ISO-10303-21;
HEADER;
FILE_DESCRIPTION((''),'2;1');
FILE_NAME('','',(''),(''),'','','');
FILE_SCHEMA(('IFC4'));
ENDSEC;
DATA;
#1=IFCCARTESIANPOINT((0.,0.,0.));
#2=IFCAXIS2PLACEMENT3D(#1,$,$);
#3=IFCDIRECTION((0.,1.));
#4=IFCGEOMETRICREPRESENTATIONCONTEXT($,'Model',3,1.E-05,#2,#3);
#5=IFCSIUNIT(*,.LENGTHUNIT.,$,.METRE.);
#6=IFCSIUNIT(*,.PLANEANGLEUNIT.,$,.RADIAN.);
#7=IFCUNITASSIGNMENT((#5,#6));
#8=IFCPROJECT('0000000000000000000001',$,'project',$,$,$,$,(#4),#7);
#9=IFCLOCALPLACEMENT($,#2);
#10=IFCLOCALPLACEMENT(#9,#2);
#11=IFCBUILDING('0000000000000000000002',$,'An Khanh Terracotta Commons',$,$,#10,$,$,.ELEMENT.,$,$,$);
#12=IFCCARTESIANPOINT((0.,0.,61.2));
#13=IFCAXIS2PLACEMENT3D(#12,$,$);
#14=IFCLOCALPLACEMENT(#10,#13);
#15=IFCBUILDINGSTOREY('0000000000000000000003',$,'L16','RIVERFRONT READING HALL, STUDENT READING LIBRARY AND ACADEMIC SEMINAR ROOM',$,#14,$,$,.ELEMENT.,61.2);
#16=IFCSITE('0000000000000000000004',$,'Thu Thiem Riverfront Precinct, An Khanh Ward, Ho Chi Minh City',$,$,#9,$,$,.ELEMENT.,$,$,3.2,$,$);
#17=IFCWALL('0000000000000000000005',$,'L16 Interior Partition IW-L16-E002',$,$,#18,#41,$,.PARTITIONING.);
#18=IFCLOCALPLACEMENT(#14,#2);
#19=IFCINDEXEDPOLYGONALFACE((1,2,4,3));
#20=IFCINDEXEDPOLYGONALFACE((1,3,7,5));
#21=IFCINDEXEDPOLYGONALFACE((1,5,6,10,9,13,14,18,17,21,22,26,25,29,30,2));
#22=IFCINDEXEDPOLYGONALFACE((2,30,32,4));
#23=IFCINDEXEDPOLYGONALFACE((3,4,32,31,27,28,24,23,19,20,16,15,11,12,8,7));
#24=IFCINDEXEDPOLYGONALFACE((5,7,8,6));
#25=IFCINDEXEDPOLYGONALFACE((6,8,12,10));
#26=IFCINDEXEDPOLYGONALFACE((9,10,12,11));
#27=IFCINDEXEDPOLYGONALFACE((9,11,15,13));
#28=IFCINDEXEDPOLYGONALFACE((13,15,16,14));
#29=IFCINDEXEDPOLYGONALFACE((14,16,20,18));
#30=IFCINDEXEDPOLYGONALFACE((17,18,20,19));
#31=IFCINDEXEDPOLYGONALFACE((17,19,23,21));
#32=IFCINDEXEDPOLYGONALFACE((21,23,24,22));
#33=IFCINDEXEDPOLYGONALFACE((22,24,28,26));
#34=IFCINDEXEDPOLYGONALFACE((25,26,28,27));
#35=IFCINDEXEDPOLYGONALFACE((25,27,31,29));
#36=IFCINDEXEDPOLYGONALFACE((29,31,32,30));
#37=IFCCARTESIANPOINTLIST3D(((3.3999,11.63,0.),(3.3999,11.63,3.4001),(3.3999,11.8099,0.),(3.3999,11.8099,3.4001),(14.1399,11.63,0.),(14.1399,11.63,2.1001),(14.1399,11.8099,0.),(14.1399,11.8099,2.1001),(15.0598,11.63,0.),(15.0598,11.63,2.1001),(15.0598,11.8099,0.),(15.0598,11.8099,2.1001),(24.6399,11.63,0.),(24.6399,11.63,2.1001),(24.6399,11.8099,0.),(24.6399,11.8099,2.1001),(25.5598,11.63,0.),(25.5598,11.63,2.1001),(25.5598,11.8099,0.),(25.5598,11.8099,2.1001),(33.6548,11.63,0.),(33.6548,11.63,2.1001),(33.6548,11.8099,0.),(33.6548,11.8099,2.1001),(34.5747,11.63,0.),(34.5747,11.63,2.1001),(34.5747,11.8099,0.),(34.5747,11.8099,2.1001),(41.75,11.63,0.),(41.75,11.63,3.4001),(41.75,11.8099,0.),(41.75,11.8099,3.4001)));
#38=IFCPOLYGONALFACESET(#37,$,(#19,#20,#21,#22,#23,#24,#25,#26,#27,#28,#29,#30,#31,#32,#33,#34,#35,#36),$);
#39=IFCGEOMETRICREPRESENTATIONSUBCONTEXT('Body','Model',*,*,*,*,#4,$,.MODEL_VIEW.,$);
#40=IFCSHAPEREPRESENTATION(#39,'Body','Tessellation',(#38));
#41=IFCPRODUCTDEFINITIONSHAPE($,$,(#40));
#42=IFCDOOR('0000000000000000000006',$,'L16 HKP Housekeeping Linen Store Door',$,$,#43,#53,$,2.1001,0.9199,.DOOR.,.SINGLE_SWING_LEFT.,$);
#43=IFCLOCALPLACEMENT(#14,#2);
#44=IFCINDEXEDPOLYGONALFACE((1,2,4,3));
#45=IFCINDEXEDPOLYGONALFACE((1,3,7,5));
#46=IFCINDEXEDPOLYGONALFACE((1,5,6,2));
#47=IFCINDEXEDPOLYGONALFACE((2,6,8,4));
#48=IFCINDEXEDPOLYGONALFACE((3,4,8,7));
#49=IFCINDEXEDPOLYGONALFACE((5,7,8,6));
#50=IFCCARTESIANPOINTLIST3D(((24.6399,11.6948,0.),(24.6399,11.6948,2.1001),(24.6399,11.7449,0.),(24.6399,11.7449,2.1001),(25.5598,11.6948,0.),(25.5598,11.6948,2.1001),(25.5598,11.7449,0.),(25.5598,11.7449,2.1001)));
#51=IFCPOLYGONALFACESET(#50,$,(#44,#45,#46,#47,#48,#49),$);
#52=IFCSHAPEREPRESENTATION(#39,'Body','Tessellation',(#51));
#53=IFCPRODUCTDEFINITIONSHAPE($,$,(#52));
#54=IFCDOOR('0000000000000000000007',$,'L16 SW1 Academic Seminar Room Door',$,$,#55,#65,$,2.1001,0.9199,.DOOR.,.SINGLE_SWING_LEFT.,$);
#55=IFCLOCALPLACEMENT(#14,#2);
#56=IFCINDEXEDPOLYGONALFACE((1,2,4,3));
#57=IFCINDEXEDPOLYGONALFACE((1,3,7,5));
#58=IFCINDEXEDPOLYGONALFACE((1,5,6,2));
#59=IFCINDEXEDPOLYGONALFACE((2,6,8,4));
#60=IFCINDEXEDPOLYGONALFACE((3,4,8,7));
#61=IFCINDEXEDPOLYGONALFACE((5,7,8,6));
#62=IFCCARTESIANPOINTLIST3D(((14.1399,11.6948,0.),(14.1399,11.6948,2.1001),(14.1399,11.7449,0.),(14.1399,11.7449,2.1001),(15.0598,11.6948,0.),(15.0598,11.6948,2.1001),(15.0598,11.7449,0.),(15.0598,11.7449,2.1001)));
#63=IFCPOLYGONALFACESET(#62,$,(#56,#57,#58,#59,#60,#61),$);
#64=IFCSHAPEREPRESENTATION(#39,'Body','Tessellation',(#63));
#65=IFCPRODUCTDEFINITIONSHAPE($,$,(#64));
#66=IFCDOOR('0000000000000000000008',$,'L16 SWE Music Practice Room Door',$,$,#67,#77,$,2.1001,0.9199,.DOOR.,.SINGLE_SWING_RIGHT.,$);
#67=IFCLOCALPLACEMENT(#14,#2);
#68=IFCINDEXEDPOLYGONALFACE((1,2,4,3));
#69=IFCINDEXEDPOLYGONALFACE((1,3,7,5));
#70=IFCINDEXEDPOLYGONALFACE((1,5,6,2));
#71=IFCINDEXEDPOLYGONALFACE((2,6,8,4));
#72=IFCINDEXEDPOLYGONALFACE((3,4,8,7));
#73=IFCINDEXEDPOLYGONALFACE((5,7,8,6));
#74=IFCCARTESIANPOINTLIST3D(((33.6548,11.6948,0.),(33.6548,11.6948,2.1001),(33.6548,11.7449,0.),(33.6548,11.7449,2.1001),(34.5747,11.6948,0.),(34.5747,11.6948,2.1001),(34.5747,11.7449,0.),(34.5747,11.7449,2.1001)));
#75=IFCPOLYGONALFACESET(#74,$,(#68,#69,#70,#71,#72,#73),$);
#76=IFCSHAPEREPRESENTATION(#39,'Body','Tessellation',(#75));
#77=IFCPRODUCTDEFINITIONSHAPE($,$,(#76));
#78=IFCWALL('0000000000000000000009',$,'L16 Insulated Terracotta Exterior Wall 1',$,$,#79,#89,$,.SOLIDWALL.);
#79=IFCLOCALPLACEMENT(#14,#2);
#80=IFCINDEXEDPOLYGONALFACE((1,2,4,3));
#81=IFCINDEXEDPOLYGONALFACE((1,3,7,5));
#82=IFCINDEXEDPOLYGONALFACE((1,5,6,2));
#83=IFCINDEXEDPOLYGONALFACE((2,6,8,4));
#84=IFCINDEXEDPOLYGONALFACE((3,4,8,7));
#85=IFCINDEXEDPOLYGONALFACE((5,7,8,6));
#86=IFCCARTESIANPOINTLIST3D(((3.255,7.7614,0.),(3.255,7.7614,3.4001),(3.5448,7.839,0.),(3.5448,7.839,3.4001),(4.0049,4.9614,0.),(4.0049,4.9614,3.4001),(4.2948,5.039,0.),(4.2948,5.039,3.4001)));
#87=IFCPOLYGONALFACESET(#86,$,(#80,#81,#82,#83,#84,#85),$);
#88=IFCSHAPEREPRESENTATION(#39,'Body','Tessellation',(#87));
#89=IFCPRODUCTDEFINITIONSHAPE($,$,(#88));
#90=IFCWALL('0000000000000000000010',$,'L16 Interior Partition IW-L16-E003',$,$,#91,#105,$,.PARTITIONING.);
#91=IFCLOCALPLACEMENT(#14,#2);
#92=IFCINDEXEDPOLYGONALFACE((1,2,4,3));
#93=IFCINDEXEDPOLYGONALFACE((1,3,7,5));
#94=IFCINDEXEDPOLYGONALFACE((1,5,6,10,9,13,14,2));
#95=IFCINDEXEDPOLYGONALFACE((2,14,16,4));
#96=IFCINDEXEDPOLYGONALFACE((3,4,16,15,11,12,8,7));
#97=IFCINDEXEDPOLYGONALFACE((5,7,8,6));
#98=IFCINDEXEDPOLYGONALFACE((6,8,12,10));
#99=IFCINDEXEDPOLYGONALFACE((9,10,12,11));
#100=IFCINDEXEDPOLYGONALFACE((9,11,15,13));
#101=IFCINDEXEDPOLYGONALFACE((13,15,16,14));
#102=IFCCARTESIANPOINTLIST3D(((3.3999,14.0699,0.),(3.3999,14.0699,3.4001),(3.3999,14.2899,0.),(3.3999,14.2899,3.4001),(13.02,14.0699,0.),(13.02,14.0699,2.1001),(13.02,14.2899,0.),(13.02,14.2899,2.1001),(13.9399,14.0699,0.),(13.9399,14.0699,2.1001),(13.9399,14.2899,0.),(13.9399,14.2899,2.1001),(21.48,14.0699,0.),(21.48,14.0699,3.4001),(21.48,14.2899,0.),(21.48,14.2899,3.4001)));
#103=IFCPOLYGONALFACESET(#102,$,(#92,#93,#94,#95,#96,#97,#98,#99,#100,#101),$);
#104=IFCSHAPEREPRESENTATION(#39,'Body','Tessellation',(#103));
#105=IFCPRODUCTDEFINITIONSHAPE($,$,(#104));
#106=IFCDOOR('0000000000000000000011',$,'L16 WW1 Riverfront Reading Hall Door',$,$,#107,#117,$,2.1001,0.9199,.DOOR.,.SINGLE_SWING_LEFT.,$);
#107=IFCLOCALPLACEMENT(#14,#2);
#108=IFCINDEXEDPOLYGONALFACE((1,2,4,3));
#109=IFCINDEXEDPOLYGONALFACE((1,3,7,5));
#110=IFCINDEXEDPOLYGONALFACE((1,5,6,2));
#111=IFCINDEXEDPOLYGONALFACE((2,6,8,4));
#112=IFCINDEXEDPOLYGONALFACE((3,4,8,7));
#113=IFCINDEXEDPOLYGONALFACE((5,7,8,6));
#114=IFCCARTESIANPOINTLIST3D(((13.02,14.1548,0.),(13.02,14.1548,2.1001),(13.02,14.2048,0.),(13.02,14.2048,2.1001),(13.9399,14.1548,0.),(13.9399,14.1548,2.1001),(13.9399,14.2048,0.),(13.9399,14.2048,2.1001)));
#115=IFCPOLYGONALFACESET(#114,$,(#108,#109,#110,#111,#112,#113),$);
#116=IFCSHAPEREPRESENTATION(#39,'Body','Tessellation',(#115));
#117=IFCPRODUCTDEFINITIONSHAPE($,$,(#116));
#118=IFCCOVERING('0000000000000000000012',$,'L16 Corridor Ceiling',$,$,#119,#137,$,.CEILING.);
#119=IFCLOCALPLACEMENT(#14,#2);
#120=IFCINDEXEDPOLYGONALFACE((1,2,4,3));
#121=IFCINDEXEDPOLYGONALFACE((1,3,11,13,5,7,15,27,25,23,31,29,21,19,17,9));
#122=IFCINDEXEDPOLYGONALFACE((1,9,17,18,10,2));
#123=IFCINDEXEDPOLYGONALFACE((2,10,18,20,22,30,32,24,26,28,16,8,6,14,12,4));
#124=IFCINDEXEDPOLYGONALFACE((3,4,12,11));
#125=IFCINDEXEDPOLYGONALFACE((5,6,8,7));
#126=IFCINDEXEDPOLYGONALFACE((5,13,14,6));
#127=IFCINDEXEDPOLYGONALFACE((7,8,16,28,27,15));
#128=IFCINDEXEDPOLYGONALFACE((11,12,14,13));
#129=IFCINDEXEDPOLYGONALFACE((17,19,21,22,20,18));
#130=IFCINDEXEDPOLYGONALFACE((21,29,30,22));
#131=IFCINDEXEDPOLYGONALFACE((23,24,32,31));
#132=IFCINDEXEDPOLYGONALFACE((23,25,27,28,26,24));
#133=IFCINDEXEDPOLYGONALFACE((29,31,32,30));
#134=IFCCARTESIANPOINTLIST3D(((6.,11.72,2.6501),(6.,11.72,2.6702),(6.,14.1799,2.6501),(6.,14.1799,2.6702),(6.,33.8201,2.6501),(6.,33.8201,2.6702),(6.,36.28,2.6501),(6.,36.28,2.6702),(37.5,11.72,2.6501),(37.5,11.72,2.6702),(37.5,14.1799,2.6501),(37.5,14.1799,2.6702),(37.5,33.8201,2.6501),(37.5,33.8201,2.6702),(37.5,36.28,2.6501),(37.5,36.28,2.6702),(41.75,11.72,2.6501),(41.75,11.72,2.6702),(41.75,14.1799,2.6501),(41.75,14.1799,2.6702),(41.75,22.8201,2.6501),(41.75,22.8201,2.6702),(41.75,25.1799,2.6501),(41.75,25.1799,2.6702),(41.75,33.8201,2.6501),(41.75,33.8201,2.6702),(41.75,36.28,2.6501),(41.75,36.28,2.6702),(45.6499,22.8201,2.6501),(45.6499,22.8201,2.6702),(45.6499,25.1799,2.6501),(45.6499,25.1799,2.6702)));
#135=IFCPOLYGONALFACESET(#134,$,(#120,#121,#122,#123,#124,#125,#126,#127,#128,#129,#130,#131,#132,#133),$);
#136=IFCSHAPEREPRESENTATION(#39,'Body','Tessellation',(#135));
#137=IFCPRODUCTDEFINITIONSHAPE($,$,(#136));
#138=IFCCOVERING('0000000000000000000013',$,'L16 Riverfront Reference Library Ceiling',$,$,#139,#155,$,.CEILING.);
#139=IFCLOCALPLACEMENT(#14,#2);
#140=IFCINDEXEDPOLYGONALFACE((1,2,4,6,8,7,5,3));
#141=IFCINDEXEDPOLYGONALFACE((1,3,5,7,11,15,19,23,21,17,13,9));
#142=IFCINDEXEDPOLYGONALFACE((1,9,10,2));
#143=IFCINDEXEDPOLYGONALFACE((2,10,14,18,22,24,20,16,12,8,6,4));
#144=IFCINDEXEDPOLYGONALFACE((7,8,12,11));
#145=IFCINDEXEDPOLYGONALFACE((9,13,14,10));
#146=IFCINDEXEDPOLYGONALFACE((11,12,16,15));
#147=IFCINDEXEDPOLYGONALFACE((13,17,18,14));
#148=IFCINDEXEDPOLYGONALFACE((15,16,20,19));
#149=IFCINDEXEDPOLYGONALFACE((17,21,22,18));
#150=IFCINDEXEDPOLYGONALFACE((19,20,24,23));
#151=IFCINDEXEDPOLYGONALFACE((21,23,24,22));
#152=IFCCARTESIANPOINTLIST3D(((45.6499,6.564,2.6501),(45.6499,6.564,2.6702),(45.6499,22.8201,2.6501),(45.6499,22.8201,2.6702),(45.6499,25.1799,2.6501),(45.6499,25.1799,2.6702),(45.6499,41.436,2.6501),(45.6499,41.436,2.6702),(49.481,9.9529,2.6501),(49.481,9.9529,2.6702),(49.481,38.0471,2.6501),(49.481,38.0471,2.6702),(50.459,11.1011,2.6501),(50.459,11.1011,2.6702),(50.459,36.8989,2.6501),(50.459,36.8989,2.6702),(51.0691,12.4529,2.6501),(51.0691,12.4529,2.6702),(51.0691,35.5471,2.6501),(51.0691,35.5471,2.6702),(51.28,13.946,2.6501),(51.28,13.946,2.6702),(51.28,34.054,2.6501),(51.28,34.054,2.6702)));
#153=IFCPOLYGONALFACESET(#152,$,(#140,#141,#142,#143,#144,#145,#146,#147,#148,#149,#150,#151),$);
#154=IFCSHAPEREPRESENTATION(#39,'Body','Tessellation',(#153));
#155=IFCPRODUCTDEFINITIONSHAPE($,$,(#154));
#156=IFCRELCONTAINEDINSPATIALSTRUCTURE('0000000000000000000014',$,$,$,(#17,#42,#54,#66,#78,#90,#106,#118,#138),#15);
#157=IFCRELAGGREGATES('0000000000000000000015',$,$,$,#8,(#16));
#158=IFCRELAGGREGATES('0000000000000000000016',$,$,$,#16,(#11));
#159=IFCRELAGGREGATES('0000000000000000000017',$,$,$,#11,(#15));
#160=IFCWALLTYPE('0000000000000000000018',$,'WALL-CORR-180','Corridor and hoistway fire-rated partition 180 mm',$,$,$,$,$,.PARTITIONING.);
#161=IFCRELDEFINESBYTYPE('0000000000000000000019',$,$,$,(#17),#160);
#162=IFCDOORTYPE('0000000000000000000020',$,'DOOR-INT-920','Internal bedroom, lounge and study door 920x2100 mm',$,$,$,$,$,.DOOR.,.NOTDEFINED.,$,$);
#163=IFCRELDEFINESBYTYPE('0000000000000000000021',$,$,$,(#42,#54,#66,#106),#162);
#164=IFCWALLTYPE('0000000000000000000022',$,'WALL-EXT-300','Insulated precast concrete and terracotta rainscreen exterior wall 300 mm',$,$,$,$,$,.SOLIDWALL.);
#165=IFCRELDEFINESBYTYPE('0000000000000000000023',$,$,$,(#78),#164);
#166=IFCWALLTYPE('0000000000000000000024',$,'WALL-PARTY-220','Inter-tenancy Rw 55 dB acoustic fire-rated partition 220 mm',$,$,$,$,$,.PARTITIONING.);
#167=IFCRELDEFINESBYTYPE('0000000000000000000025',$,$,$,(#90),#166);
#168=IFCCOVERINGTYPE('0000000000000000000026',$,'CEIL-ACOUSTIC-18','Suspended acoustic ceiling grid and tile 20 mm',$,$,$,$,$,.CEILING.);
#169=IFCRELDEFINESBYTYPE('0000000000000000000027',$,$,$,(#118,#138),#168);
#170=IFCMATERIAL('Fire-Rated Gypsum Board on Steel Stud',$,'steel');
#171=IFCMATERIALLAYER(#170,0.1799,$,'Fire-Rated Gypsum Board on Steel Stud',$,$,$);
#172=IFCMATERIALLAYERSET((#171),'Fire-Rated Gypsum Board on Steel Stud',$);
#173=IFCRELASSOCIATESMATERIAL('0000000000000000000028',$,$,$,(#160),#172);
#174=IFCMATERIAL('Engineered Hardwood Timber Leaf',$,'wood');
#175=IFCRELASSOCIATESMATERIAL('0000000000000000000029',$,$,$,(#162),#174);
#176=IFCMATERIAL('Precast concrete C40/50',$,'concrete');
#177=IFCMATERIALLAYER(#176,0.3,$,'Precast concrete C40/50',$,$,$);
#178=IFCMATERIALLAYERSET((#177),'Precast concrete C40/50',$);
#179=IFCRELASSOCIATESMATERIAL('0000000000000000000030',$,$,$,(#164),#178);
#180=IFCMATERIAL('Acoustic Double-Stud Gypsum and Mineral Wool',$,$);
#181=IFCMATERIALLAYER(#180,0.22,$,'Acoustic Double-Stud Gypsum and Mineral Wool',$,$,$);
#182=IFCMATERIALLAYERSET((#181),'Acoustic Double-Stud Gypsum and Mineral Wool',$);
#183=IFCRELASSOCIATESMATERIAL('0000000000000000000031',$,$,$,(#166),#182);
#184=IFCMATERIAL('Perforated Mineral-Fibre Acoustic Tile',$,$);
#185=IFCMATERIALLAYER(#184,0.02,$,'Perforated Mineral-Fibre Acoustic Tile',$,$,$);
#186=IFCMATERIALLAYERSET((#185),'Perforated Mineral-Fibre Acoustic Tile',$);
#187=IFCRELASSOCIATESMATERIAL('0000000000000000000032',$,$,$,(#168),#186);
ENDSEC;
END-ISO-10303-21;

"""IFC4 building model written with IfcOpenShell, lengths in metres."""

from ifc_helpers import new_model, si_unit, direction, frame, frame_2d, origin, place, context, subcontext, project, spatial, polyline, rectangle, outline, extrude, material, layer, layer_set, type_object, element, fill, save


model = new_model("IFC4")

# Units and contexts
model_context = context("Model", 3, precision=1e-05, world=origin(), true_north=direction((0.0, 1.0)))
body_context = subcontext(model_context, "Body", "Model", "MODEL_VIEW")
ifc_project = project(units=[si_unit("LENGTHUNIT", "METRE"), si_unit("PLANEANGLEUNIT", "RADIAN")], contexts=[model_context])

# Site, building, storey
site_placement = place(None, origin())
site = spatial("IfcSite", under=ifc_project, at=site_placement, Name="Thu Thiem Riverfront Precinct, An Khanh Ward, Ho Chi Minh City", CompositionType="ELEMENT", RefElevation=3.2)
building_placement = place(site_placement, origin())
building = spatial("IfcBuilding", under=site, at=building_placement, Name="An Khanh Terracotta Commons", CompositionType="ELEMENT")
storey_placement = place(building_placement, frame((0.0, 0.0, 61.2)))
storey = spatial("IfcBuildingStorey", under=building, at=storey_placement, Name="L16", Description="RIVERFRONT READING HALL, STUDENT READING LIBRARY AND ACADEMIC SEMINAR ROOM", CompositionType="ELEMENT", Elevation=61.2)

# Shared definitions
ifc_material_1 = material(Name="Precast concrete C40/50", Category="concrete")

# Wall, openings, doors
ifc_material_2 = material(Name="Fire-Rated Gypsum Board on Steel Stud", Category="steel")
ifc_layer_1 = layer(ifc_material_2, 0.1799, Name="Fire-Rated Gypsum Board on Steel Stud")
ifc_layer_set_1 = layer_set([ifc_layer_1], Name="Fire-Rated Gypsum Board on Steel Stud")
wall_type_1 = type_object("IfcWallType", Name="WALL-CORR-180", Description="Corridor and hoistway fire-rated partition 180 mm", PredefinedType="PARTITIONING", material=ifc_layer_set_1)
wall_1_placement = place(storey_placement, frame((3.3999, 11.72, 0.0), z_axis=(0.0, 0.0, 1.0), x_axis=(1.0, 0.0, 0.0)))
wall_1 = element("IfcWall", 1, at=wall_1_placement, inside=storey, type_object=wall_type_1, Name="L16 Interior Partition IW-L16-E002", PredefinedType="PARTITIONING", context=body_context, shape_type="SweptSolid", body=[
    extrude(rectangle(XDim=38.3501, YDim=0.1799, at=frame_2d((19.175, 0.0))), origin(), (0.0, 0.0, 1.0), 3.4001),
])
opening_1_placement = place(wall_1_placement, frame((21.24, 0.0, 0.0)))
opening_1 = element("IfcOpeningElement", 2, at=opening_1_placement, cuts=wall_1, PredefinedType="OPENING", context=body_context, shape_type="SweptSolid", body=[
    extrude(rectangle(XDim=0.9199, YDim=2.1001, at=frame_2d((0.46, 1.05))), frame((0.0, 0.0999, 0.0), z_axis=(0.0, -1.0, 0.0), x_axis=(1.0, 0.0, 0.0)), (0.0, 0.0, 1.0), 0.2),
])
opening_2_placement = place(wall_1_placement, frame((10.74, 0.0, 0.0)))
opening_2 = element("IfcOpeningElement", 3, at=opening_2_placement, cuts=wall_1, PredefinedType="OPENING", context=body_context, shape_type="SweptSolid", body=[
    extrude(rectangle(XDim=0.9199, YDim=2.1001, at=frame_2d((0.46, 1.05))), frame((0.0, 0.0999, 0.0), z_axis=(0.0, -1.0, 0.0), x_axis=(1.0, 0.0, 0.0)), (0.0, 0.0, 1.0), 0.2),
])
opening_3_placement = place(wall_1_placement, frame((30.2549, 0.0, 0.0)))
opening_3 = element("IfcOpeningElement", 4, at=opening_3_placement, cuts=wall_1, PredefinedType="OPENING", context=body_context, shape_type="SweptSolid", body=[
    extrude(rectangle(XDim=0.9199, YDim=2.1001, at=frame_2d((0.46, 1.05))), frame((0.0, 0.0999, 0.0), z_axis=(0.0, -1.0, 0.0), x_axis=(1.0, 0.0, 0.0)), (0.0, 0.0, 1.0), 0.2),
])
ifc_material_3 = material(Name="Engineered Hardwood Timber Leaf", Category="wood")
door_type = type_object("IfcDoorType", Name="DOOR-INT-920", Description="Internal bedroom, lounge and study door 920x2100 mm", OperationType="NOTDEFINED", PredefinedType="DOOR", material=ifc_material_3)
door_1_placement = place(opening_1_placement, origin())
door_1 = element("IfcDoor", 5, at=door_1_placement, inside=storey, type_object=door_type, Name="L16 HKP Housekeeping Linen Store Door", OperationType="SINGLE_SWING_LEFT", OverallHeight=2.1001, OverallWidth=0.9199, PredefinedType="DOOR", context=body_context, shape_type="SweptSolid", body=[
    extrude(rectangle(XDim=0.9199, YDim=2.1001, at=frame_2d((0.46, 1.05))), frame((0.0, 0.0249, 0.0), z_axis=(0.0, -1.0, 0.0), x_axis=(1.0, 0.0, 0.0)), (0.0, 0.0, 1.0), 0.05),
])
fill(opening_1, door_1)
door_2_placement = place(opening_2_placement, origin())
door_2 = element("IfcDoor", 6, at=door_2_placement, inside=storey, type_object=door_type, Name="L16 SW1 Academic Seminar Room Door", OperationType="SINGLE_SWING_LEFT", OverallHeight=2.1001, OverallWidth=0.9199, PredefinedType="DOOR", context=body_context, shape_type="SweptSolid", body=[
    extrude(rectangle(XDim=0.9199, YDim=2.1001, at=frame_2d((0.46, 1.05))), frame((0.0, 0.0249, 0.0), z_axis=(0.0, -1.0, 0.0), x_axis=(1.0, 0.0, 0.0)), (0.0, 0.0, 1.0), 0.05),
])
fill(opening_2, door_2)
door_3_placement = place(opening_3_placement, origin())
door_3 = element("IfcDoor", 7, at=door_3_placement, inside=storey, type_object=door_type, Name="L16 SWE Music Practice Room Door", OperationType="SINGLE_SWING_RIGHT", OverallHeight=2.1001, OverallWidth=0.9199, PredefinedType="DOOR", context=body_context, shape_type="SweptSolid", body=[
    extrude(rectangle(XDim=0.9199, YDim=2.1001, at=frame_2d((0.46, 1.05))), frame((0.0, 0.0249, 0.0), z_axis=(0.0, -1.0, 0.0), x_axis=(1.0, 0.0, 0.0)), (0.0, 0.0, 1.0), 0.05),
])
fill(opening_3, door_3)

# Wall
ifc_layer_2 = layer(ifc_material_1, 0.3, Name="Precast concrete C40/50")
ifc_layer_set_2 = layer_set([ifc_layer_2], Name="Precast concrete C40/50")
wall_type_2 = type_object("IfcWallType", Name="WALL-EXT-300", Description="Insulated precast concrete and terracotta rainscreen exterior wall 300 mm", PredefinedType="SOLIDWALL", material=ifc_layer_set_2)
wall_2_placement = place(storey_placement, frame((3.3999, 7.8, 0.0), z_axis=(0.0, 0.0, 1.0), x_axis=(0.258732, -0.965949, 0.0)))
element("IfcWall", 8, at=wall_2_placement, inside=storey, type_object=wall_type_2, Name="L16 Insulated Terracotta Exterior Wall 1", PredefinedType="SOLIDWALL", context=body_context, shape_type="SweptSolid", body=[
    extrude(rectangle(XDim=2.8987, YDim=0.3, at=frame_2d((1.4492, 0.0))), origin(), (0.0, 0.0, 1.0), 3.4001),
])

# Wall, opening, door
ifc_material_4 = material(Name="Acoustic Double-Stud Gypsum and Mineral Wool")
ifc_layer_3 = layer(ifc_material_4, 0.22, Name="Acoustic Double-Stud Gypsum and Mineral Wool")
ifc_layer_set_3 = layer_set([ifc_layer_3], Name="Acoustic Double-Stud Gypsum and Mineral Wool")
wall_type_3 = type_object("IfcWallType", Name="WALL-PARTY-220", Description="Inter-tenancy Rw 55 dB acoustic fire-rated partition 220 mm", PredefinedType="PARTITIONING", material=ifc_layer_set_3)
wall_3_placement = place(storey_placement, frame((3.3999, 14.1799, 0.0), z_axis=(0.0, 0.0, 1.0), x_axis=(1.0, 0.0, 0.0)))
wall_3 = element("IfcWall", 9, at=wall_3_placement, inside=storey, type_object=wall_type_3, Name="L16 Interior Partition IW-L16-E003", PredefinedType="PARTITIONING", context=body_context, shape_type="SweptSolid", body=[
    extrude(rectangle(XDim=18.0801, YDim=0.22, at=frame_2d((9.04, 0.0))), origin(), (0.0, 0.0, 1.0), 3.4001),
])
opening_4_placement = place(wall_3_placement, frame((9.6201, 0.0, 0.0)))
opening_4 = element("IfcOpeningElement", 10, at=opening_4_placement, cuts=wall_3, PredefinedType="OPENING", context=body_context, shape_type="SweptSolid", body=[
    extrude(rectangle(XDim=0.9199, YDim=2.1001, at=frame_2d((0.46, 1.05))), frame((0.0, 0.1199, 0.0), z_axis=(0.0, -1.0, 0.0), x_axis=(1.0, 0.0, 0.0)), (0.0, 0.0, 1.0), 0.24),
])
door_4_placement = place(opening_4_placement, origin())
door_4 = element("IfcDoor", 11, at=door_4_placement, inside=storey, type_object=door_type, Name="L16 WW1 Riverfront Reading Hall Door", OperationType="SINGLE_SWING_LEFT", OverallHeight=2.1001, OverallWidth=0.9199, PredefinedType="DOOR", context=body_context, shape_type="SweptSolid", body=[
    extrude(rectangle(XDim=0.9199, YDim=2.1001, at=frame_2d((0.46, 1.05))), frame((0.0, 0.0249, 0.0), z_axis=(0.0, -1.0, 0.0), x_axis=(1.0, 0.0, 0.0)), (0.0, 0.0, 1.0), 0.05),
])
fill(opening_4, door_4)

# Coverings
ifc_material_5 = material(Name="Perforated Mineral-Fibre Acoustic Tile")
ifc_layer_4 = layer(ifc_material_5, 0.02, Name="Perforated Mineral-Fibre Acoustic Tile")
ifc_layer_set_4 = layer_set([ifc_layer_4], Name="Perforated Mineral-Fibre Acoustic Tile")
covering_type_1 = type_object("IfcCoveringType", Name="CEIL-ACOUSTIC-18", Description="Suspended acoustic ceiling grid and tile 20 mm", PredefinedType="CEILING", material=ifc_layer_set_4)
covering_1_placement = place(storey_placement, frame((0.0, 0.0, 2.6501)))
element("IfcCovering", 12, at=covering_1_placement, inside=storey, type_object=covering_type_1, Name="L16 Corridor Ceiling", PredefinedType="CEILING", context=body_context, shape_type="SweptSolid", body=[
    extrude(outline(polyline([(6.0, 11.72), (6.0, 14.1799), (37.5, 14.1799), (37.5, 33.8201), (6.0, 33.8201), (6.0, 36.28), (37.5, 36.28), (41.75, 36.28), (41.75, 33.8201), (41.75, 25.1799), (45.6499, 25.1799), (45.6499, 22.8201), (41.75, 22.8201), (41.75, 14.1799), (41.75, 11.72), (37.5, 11.72), (6.0, 11.72)])), origin(), (0.0, 0.0, 1.0), 0.02),
])
covering_2_placement = place(storey_placement, frame((0.0, 0.0, 2.6501)))
element("IfcCovering", 13, at=covering_2_placement, inside=storey, type_object=covering_type_1, Name="L16 Riverfront Reference Library Ceiling", PredefinedType="CEILING", context=body_context, shape_type="SweptSolid", body=[
    extrude(outline(polyline([(49.481, 38.0471), (50.459, 36.8989), (51.0691, 35.5471), (51.28, 34.054), (51.28, 13.946), (51.0691, 12.4529), (50.459, 11.1011), (49.481, 9.9529), (45.6499, 6.564), (45.6499, 22.8201), (45.6499, 25.1799), (45.6499, 41.436), (49.481, 38.0471)])), origin(), (0.0, 0.0, 1.0), 0.02),
])

save(model, "model.ifc")
